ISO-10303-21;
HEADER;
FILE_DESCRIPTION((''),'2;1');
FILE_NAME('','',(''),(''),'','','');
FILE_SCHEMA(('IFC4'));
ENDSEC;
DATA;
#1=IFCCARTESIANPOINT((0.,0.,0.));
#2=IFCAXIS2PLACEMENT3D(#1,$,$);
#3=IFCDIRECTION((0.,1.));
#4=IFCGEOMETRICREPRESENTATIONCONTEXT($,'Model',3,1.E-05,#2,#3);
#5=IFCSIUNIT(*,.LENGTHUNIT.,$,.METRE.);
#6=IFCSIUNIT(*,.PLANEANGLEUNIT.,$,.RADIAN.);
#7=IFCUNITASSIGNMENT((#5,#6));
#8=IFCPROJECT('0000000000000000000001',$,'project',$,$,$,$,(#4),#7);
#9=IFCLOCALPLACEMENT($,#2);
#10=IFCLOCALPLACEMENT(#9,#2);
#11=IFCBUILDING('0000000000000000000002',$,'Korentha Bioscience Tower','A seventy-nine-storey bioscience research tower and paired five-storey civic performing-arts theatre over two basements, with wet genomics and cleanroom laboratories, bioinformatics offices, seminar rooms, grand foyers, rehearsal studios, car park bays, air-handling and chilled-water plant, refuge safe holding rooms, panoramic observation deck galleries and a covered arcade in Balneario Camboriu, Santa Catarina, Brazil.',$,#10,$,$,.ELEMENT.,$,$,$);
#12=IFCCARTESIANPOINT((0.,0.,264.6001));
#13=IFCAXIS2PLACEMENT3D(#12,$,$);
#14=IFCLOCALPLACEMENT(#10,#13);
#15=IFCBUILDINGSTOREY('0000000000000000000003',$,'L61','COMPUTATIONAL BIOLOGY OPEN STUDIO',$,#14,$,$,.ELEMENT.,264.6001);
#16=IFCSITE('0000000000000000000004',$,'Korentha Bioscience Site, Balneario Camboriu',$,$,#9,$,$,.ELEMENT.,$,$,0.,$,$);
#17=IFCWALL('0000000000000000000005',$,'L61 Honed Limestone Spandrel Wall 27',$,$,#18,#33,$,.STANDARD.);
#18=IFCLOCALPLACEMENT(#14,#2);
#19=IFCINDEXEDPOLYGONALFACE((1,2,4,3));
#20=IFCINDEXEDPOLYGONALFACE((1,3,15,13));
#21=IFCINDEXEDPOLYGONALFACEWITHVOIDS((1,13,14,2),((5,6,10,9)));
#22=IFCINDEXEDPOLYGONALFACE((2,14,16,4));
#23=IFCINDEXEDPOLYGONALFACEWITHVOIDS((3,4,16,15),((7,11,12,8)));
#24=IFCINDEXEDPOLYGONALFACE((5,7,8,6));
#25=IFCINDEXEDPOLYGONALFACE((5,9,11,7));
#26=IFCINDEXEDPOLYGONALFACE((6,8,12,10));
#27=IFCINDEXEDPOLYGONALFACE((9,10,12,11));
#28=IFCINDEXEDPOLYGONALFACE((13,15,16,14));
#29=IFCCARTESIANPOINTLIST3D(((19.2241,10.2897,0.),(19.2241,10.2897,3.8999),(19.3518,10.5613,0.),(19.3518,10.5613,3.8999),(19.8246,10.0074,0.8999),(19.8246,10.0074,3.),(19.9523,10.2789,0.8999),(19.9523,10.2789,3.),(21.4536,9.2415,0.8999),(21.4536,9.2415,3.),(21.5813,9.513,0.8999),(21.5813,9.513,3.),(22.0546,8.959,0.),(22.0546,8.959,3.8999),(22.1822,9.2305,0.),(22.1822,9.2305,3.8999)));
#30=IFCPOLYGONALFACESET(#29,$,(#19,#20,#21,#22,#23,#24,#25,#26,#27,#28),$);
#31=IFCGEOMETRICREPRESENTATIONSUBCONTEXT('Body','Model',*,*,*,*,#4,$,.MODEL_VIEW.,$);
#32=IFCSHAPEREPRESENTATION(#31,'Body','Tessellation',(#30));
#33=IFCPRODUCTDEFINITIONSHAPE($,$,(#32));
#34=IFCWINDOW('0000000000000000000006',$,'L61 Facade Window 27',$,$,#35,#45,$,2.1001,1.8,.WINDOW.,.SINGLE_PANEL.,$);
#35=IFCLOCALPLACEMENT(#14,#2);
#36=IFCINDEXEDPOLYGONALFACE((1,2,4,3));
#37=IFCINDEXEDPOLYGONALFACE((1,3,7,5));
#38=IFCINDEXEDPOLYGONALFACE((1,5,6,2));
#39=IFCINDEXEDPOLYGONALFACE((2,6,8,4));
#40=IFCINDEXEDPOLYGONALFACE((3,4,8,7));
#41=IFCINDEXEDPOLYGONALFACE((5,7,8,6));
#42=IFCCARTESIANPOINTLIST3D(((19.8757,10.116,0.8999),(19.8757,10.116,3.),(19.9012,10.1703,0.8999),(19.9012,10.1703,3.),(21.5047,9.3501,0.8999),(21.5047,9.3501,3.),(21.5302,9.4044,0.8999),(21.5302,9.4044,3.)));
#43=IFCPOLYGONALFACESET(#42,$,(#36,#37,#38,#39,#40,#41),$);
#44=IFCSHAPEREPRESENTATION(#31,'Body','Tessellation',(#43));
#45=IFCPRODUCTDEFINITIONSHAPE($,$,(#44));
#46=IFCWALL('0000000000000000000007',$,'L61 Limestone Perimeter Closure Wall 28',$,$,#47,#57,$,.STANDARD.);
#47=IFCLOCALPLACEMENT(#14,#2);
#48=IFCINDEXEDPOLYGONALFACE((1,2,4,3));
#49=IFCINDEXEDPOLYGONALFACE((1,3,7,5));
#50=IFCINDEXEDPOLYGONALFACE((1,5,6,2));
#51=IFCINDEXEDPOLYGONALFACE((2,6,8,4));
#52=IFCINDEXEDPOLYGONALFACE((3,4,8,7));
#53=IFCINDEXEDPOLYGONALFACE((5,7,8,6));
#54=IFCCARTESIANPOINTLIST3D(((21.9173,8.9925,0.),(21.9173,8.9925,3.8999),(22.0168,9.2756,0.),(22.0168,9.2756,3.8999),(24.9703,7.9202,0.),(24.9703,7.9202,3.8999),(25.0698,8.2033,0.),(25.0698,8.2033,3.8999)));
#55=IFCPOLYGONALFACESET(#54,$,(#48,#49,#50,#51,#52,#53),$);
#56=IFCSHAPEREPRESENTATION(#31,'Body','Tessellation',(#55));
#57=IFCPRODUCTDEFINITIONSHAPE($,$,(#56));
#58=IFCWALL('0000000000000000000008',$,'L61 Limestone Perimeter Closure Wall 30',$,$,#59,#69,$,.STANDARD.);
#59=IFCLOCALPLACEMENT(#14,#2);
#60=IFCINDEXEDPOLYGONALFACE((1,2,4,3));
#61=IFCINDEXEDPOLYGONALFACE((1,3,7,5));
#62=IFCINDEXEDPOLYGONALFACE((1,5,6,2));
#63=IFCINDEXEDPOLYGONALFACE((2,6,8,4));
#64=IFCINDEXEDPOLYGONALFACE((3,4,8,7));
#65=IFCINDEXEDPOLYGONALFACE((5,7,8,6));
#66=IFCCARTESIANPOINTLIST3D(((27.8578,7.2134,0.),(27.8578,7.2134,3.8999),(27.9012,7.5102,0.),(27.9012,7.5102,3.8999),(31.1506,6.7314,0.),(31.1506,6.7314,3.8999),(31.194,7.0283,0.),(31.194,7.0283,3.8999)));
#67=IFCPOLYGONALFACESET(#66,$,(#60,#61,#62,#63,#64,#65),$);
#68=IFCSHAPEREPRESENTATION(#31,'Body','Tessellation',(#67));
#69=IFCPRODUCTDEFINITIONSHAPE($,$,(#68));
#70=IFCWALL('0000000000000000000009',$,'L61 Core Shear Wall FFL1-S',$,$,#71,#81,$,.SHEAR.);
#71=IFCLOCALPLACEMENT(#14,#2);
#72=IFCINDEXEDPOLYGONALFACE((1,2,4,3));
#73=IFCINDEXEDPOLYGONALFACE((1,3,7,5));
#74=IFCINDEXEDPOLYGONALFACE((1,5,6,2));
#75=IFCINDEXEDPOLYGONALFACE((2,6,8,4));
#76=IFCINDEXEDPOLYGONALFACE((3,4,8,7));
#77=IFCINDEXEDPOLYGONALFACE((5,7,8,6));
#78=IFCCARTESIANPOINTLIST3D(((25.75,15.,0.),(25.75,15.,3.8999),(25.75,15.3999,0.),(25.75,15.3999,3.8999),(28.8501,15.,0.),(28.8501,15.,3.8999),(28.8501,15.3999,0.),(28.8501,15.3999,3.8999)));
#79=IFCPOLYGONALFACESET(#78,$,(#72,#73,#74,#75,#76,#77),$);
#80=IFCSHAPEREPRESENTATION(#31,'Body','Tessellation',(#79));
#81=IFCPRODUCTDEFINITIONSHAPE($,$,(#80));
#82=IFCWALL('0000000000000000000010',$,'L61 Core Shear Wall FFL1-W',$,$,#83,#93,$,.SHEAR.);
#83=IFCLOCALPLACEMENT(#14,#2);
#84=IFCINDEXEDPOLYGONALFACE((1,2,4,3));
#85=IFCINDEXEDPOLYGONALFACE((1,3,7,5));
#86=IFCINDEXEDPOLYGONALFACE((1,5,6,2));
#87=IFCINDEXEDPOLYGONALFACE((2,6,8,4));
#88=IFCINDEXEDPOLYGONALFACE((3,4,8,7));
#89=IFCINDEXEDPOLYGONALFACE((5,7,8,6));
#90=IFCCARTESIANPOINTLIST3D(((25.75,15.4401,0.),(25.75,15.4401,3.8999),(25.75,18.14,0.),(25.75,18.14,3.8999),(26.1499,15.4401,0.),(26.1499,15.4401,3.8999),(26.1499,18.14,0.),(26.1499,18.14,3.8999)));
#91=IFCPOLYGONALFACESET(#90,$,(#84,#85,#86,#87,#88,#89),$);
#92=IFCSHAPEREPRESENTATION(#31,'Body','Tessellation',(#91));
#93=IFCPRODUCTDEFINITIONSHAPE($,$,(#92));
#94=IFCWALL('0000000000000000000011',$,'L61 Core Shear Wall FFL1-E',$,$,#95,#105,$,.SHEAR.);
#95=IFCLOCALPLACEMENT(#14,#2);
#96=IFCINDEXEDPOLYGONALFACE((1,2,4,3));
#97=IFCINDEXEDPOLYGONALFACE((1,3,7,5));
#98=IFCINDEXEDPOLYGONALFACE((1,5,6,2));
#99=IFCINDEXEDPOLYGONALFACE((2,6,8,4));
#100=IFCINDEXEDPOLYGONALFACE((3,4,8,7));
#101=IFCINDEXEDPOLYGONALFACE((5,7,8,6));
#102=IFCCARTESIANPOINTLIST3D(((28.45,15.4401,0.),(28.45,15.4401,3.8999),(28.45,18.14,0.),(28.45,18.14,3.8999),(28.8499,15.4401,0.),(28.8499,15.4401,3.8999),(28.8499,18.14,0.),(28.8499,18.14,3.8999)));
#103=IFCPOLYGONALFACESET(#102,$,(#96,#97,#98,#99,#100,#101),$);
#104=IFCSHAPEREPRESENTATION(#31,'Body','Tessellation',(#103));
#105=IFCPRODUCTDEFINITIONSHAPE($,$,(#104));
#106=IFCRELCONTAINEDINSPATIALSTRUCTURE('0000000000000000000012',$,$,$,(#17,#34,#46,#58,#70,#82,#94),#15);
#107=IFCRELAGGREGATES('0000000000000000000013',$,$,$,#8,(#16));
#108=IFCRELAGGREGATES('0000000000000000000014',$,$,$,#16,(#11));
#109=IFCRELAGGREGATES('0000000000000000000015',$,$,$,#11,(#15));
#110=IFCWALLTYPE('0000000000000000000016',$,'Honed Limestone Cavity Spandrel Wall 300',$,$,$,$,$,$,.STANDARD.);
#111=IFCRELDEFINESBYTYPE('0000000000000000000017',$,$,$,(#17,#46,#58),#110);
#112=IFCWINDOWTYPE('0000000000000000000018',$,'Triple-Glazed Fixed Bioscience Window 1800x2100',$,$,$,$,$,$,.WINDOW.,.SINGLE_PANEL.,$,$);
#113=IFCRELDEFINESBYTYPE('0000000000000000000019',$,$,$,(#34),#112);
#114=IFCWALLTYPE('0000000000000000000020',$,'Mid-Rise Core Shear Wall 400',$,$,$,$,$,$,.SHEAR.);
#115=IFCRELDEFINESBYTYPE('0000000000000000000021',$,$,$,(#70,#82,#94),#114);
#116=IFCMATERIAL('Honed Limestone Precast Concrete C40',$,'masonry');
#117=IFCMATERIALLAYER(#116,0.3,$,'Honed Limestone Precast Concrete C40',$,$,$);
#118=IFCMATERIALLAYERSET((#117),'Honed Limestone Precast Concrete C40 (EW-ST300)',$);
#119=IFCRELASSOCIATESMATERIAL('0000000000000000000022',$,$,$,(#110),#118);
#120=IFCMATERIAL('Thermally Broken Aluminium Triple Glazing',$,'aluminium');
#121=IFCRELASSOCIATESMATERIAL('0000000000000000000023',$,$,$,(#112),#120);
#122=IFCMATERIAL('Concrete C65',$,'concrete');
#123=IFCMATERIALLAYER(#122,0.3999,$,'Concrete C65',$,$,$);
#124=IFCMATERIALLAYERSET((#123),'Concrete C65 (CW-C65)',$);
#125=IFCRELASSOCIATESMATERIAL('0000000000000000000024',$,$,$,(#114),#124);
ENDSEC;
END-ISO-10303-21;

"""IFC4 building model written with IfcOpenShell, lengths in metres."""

from ifc_helpers import new_model, si_unit, direction, frame, frame_2d, origin, place, context, subcontext, project, spatial, rectangle, extrude, material, layer, layer_set, type_object, element, fill, save


model = new_model("IFC4")

# Units and contexts
model_context = context("Model", 3, precision=1e-05, world=origin(), true_north=direction((0.0, 1.0)))
body_context = subcontext(model_context, "Body", "Model", "MODEL_VIEW")
ifc_project = project(units=[si_unit("LENGTHUNIT", "METRE"), si_unit("PLANEANGLEUNIT", "RADIAN")], contexts=[model_context])

# Site, building, storey
site_placement = place(None, origin())
site = spatial("IfcSite", under=ifc_project, at=site_placement, Name="Korentha Bioscience Site, Balneario Camboriu", CompositionType="ELEMENT", RefElevation=0.0)
building_placement = place(site_placement, origin())
building = spatial("IfcBuilding", under=site, at=building_placement, Name="Korentha Bioscience Tower", Description="A seventy-nine-storey bioscience research tower and paired five-storey civic performing-arts theatre over two basements, with wet genomics and cleanroom laboratories, bioinformatics offices, seminar rooms, grand foyers, rehearsal studios, car park bays, air-handling and chilled-water plant, refuge safe holding rooms, panoramic observation deck galleries and a covered arcade in Balneario Camboriu, Santa Catarina, Brazil.", CompositionType="ELEMENT")
storey_placement = place(building_placement, frame((0.0, 0.0, 264.6001)))
storey = spatial("IfcBuildingStorey", under=building, at=storey_placement, Name="L61", Description="COMPUTATIONAL BIOLOGY OPEN STUDIO", CompositionType="ELEMENT", Elevation=264.6001)

# Shared definitions
ifc_material_1 = material(Name="Concrete C65", Category="concrete")

# Wall, opening, window
ifc_material_2 = material(Name="Honed Limestone Precast Concrete C40", Category="masonry")
ifc_layer_1 = layer(ifc_material_2, 0.3, Name="Honed Limestone Precast Concrete C40")
ifc_layer_set_1 = layer_set([ifc_layer_1], Name="Honed Limestone Precast Concrete C40 (EW-ST300)")
wall_type_1 = type_object("IfcWallType", Name="Honed Limestone Cavity Spandrel Wall 300", PredefinedType="STANDARD", material=ifc_layer_set_1)
wall_1_placement = place(storey_placement, frame((19.2878, 10.4255, 0.0), z_axis=(0.0, 0.0, 1.0), x_axis=(0.904969, -0.425477, 0.0)))
wall_1 = element("IfcWall", 1, at=wall_1_placement, inside=storey, type_object=wall_type_1, Name="L61 Honed Limestone Spandrel Wall 27", PredefinedType="STANDARD", context=body_context, shape_type="SweptSolid", body=[
    extrude(rectangle(XDim=3.1277, YDim=0.3, at=frame_2d((1.564, 0.0))), origin(), (0.0, 0.0, 1.0), 3.8999),
])
opening_1_placement = place(wall_1_placement, frame((0.6638, 0.0, 0.8999)))
opening_1 = element("IfcOpeningElement", 2, at=opening_1_placement, cuts=wall_1, PredefinedType="OPENING", context=body_context, shape_type="SweptSolid", body=[
    extrude(rectangle(XDim=1.8, YDim=2.1001, at=frame_2d((0.8999, 1.05))), frame((0.0, 0.165, 0.0), z_axis=(0.0, -1.0, 0.0), x_axis=(1.0, 0.0, 0.0)), (0.0, 0.0, 1.0), 0.3298),
])
ifc_material_3 = material(Name="Thermally Broken Aluminium Triple Glazing", Category="aluminium")
window_type = type_object("IfcWindowType", Name="Triple-Glazed Fixed Bioscience Window 1800x2100", PartitioningType="SINGLE_PANEL", PredefinedType="WINDOW", material=ifc_material_3)
window_placement = place(opening_1_placement, origin())
window = element("IfcWindow", 3, at=window_placement, inside=storey, type_object=window_type, Name="L61 Facade Window 27", OverallHeight=2.1001, OverallWidth=1.8, PartitioningType="SINGLE_PANEL", PredefinedType="WINDOW", context=body_context, shape_type="SweptSolid", body=[
    extrude(rectangle(XDim=1.8, YDim=2.1001, at=frame_2d((0.8999, 1.05))), frame((0.0, 0.03, 0.0), z_axis=(0.0, -1.0, 0.0), x_axis=(1.0, 0.0, 0.0)), (0.0, 0.0, 1.0), 0.0601),
])
fill(opening_1, window)

# Walls
wall_2_placement = place(storey_placement, frame((21.967, 9.134, 0.0), z_axis=(0.0, 0.0, 1.0), x_axis=(0.943499, -0.331375, 0.0)))
element("IfcWall", 4, at=wall_2_placement, inside=storey, type_object=wall_type_1, Name="L61 Limestone Perimeter Closure Wall 28", PredefinedType="STANDARD", context=body_context, shape_type="SweptSolid", body=[
    extrude(rectangle(XDim=3.2358, YDim=0.3, at=frame_2d((1.6179, 0.0))), origin(), (0.0, 0.0, 1.0), 3.8999),
])
wall_3_placement = place(storey_placement, frame((27.8794, 7.3618, 0.0), z_axis=(0.0, 0.0, 1.0), x_axis=(0.989458, -0.14482, 0.0)))
element("IfcWall", 5, at=wall_3_placement, inside=storey, type_object=wall_type_1, Name="L61 Limestone Perimeter Closure Wall 30", PredefinedType="STANDARD", context=body_context, shape_type="SweptSolid", body=[
    extrude(rectangle(XDim=3.3279, YDim=0.3, at=frame_2d((1.6641, 0.0))), origin(), (0.0, 0.0, 1.0), 3.8999),
])
ifc_layer_2 = layer(ifc_material_1, 0.3999, Name="Concrete C65")
ifc_layer_set_2 = layer_set([ifc_layer_2], Name="Concrete C65 (CW-C65)")
wall_type_2 = type_object("IfcWallType", Name="Mid-Rise Core Shear Wall 400", PredefinedType="SHEAR", material=ifc_layer_set_2)
wall_4_placement = place(storey_placement, frame((25.75, 15.2, 0.0), z_axis=(0.0, 0.0, 1.0), x_axis=(1.0, 0.0, 0.0)))
element("IfcWall", 6, at=wall_4_placement, inside=storey, type_object=wall_type_2, Name="L61 Core Shear Wall FFL1-S", PredefinedType="SHEAR", context=body_context, shape_type="SweptSolid", body=[
    extrude(rectangle(XDim=3.1001, YDim=0.3999, at=frame_2d((1.55, 0.0))), origin(), (0.0, 0.0, 1.0), 3.8999),
])
for number, where, z_axis, x_axis, name in (
    (7, (25.95, 15.4399, 0.0), (0.0, 0.0, 1.0), (0.0, 1.0, 0.0), "L61 Core Shear Wall FFL1-W"),
    (8, (28.6499, 15.4399, 0.0), (0.0, 0.0, 1.0), (0.0, 1.0, 0.0), "L61 Core Shear Wall FFL1-E"),
):
    element("IfcWall", number, at=place(storey_placement, frame(where, z_axis=z_axis, x_axis=x_axis)), inside=storey, type_object=wall_type_2, Name=name, PredefinedType="SHEAR", context=body_context, shape_type="SweptSolid", body=[
        extrude(rectangle(XDim=2.7, YDim=0.3999, at=frame_2d((1.3501, 0.0))), origin(), (0.0, 0.0, 1.0), 3.8999),
    ])

save(model, "model.ifc")
